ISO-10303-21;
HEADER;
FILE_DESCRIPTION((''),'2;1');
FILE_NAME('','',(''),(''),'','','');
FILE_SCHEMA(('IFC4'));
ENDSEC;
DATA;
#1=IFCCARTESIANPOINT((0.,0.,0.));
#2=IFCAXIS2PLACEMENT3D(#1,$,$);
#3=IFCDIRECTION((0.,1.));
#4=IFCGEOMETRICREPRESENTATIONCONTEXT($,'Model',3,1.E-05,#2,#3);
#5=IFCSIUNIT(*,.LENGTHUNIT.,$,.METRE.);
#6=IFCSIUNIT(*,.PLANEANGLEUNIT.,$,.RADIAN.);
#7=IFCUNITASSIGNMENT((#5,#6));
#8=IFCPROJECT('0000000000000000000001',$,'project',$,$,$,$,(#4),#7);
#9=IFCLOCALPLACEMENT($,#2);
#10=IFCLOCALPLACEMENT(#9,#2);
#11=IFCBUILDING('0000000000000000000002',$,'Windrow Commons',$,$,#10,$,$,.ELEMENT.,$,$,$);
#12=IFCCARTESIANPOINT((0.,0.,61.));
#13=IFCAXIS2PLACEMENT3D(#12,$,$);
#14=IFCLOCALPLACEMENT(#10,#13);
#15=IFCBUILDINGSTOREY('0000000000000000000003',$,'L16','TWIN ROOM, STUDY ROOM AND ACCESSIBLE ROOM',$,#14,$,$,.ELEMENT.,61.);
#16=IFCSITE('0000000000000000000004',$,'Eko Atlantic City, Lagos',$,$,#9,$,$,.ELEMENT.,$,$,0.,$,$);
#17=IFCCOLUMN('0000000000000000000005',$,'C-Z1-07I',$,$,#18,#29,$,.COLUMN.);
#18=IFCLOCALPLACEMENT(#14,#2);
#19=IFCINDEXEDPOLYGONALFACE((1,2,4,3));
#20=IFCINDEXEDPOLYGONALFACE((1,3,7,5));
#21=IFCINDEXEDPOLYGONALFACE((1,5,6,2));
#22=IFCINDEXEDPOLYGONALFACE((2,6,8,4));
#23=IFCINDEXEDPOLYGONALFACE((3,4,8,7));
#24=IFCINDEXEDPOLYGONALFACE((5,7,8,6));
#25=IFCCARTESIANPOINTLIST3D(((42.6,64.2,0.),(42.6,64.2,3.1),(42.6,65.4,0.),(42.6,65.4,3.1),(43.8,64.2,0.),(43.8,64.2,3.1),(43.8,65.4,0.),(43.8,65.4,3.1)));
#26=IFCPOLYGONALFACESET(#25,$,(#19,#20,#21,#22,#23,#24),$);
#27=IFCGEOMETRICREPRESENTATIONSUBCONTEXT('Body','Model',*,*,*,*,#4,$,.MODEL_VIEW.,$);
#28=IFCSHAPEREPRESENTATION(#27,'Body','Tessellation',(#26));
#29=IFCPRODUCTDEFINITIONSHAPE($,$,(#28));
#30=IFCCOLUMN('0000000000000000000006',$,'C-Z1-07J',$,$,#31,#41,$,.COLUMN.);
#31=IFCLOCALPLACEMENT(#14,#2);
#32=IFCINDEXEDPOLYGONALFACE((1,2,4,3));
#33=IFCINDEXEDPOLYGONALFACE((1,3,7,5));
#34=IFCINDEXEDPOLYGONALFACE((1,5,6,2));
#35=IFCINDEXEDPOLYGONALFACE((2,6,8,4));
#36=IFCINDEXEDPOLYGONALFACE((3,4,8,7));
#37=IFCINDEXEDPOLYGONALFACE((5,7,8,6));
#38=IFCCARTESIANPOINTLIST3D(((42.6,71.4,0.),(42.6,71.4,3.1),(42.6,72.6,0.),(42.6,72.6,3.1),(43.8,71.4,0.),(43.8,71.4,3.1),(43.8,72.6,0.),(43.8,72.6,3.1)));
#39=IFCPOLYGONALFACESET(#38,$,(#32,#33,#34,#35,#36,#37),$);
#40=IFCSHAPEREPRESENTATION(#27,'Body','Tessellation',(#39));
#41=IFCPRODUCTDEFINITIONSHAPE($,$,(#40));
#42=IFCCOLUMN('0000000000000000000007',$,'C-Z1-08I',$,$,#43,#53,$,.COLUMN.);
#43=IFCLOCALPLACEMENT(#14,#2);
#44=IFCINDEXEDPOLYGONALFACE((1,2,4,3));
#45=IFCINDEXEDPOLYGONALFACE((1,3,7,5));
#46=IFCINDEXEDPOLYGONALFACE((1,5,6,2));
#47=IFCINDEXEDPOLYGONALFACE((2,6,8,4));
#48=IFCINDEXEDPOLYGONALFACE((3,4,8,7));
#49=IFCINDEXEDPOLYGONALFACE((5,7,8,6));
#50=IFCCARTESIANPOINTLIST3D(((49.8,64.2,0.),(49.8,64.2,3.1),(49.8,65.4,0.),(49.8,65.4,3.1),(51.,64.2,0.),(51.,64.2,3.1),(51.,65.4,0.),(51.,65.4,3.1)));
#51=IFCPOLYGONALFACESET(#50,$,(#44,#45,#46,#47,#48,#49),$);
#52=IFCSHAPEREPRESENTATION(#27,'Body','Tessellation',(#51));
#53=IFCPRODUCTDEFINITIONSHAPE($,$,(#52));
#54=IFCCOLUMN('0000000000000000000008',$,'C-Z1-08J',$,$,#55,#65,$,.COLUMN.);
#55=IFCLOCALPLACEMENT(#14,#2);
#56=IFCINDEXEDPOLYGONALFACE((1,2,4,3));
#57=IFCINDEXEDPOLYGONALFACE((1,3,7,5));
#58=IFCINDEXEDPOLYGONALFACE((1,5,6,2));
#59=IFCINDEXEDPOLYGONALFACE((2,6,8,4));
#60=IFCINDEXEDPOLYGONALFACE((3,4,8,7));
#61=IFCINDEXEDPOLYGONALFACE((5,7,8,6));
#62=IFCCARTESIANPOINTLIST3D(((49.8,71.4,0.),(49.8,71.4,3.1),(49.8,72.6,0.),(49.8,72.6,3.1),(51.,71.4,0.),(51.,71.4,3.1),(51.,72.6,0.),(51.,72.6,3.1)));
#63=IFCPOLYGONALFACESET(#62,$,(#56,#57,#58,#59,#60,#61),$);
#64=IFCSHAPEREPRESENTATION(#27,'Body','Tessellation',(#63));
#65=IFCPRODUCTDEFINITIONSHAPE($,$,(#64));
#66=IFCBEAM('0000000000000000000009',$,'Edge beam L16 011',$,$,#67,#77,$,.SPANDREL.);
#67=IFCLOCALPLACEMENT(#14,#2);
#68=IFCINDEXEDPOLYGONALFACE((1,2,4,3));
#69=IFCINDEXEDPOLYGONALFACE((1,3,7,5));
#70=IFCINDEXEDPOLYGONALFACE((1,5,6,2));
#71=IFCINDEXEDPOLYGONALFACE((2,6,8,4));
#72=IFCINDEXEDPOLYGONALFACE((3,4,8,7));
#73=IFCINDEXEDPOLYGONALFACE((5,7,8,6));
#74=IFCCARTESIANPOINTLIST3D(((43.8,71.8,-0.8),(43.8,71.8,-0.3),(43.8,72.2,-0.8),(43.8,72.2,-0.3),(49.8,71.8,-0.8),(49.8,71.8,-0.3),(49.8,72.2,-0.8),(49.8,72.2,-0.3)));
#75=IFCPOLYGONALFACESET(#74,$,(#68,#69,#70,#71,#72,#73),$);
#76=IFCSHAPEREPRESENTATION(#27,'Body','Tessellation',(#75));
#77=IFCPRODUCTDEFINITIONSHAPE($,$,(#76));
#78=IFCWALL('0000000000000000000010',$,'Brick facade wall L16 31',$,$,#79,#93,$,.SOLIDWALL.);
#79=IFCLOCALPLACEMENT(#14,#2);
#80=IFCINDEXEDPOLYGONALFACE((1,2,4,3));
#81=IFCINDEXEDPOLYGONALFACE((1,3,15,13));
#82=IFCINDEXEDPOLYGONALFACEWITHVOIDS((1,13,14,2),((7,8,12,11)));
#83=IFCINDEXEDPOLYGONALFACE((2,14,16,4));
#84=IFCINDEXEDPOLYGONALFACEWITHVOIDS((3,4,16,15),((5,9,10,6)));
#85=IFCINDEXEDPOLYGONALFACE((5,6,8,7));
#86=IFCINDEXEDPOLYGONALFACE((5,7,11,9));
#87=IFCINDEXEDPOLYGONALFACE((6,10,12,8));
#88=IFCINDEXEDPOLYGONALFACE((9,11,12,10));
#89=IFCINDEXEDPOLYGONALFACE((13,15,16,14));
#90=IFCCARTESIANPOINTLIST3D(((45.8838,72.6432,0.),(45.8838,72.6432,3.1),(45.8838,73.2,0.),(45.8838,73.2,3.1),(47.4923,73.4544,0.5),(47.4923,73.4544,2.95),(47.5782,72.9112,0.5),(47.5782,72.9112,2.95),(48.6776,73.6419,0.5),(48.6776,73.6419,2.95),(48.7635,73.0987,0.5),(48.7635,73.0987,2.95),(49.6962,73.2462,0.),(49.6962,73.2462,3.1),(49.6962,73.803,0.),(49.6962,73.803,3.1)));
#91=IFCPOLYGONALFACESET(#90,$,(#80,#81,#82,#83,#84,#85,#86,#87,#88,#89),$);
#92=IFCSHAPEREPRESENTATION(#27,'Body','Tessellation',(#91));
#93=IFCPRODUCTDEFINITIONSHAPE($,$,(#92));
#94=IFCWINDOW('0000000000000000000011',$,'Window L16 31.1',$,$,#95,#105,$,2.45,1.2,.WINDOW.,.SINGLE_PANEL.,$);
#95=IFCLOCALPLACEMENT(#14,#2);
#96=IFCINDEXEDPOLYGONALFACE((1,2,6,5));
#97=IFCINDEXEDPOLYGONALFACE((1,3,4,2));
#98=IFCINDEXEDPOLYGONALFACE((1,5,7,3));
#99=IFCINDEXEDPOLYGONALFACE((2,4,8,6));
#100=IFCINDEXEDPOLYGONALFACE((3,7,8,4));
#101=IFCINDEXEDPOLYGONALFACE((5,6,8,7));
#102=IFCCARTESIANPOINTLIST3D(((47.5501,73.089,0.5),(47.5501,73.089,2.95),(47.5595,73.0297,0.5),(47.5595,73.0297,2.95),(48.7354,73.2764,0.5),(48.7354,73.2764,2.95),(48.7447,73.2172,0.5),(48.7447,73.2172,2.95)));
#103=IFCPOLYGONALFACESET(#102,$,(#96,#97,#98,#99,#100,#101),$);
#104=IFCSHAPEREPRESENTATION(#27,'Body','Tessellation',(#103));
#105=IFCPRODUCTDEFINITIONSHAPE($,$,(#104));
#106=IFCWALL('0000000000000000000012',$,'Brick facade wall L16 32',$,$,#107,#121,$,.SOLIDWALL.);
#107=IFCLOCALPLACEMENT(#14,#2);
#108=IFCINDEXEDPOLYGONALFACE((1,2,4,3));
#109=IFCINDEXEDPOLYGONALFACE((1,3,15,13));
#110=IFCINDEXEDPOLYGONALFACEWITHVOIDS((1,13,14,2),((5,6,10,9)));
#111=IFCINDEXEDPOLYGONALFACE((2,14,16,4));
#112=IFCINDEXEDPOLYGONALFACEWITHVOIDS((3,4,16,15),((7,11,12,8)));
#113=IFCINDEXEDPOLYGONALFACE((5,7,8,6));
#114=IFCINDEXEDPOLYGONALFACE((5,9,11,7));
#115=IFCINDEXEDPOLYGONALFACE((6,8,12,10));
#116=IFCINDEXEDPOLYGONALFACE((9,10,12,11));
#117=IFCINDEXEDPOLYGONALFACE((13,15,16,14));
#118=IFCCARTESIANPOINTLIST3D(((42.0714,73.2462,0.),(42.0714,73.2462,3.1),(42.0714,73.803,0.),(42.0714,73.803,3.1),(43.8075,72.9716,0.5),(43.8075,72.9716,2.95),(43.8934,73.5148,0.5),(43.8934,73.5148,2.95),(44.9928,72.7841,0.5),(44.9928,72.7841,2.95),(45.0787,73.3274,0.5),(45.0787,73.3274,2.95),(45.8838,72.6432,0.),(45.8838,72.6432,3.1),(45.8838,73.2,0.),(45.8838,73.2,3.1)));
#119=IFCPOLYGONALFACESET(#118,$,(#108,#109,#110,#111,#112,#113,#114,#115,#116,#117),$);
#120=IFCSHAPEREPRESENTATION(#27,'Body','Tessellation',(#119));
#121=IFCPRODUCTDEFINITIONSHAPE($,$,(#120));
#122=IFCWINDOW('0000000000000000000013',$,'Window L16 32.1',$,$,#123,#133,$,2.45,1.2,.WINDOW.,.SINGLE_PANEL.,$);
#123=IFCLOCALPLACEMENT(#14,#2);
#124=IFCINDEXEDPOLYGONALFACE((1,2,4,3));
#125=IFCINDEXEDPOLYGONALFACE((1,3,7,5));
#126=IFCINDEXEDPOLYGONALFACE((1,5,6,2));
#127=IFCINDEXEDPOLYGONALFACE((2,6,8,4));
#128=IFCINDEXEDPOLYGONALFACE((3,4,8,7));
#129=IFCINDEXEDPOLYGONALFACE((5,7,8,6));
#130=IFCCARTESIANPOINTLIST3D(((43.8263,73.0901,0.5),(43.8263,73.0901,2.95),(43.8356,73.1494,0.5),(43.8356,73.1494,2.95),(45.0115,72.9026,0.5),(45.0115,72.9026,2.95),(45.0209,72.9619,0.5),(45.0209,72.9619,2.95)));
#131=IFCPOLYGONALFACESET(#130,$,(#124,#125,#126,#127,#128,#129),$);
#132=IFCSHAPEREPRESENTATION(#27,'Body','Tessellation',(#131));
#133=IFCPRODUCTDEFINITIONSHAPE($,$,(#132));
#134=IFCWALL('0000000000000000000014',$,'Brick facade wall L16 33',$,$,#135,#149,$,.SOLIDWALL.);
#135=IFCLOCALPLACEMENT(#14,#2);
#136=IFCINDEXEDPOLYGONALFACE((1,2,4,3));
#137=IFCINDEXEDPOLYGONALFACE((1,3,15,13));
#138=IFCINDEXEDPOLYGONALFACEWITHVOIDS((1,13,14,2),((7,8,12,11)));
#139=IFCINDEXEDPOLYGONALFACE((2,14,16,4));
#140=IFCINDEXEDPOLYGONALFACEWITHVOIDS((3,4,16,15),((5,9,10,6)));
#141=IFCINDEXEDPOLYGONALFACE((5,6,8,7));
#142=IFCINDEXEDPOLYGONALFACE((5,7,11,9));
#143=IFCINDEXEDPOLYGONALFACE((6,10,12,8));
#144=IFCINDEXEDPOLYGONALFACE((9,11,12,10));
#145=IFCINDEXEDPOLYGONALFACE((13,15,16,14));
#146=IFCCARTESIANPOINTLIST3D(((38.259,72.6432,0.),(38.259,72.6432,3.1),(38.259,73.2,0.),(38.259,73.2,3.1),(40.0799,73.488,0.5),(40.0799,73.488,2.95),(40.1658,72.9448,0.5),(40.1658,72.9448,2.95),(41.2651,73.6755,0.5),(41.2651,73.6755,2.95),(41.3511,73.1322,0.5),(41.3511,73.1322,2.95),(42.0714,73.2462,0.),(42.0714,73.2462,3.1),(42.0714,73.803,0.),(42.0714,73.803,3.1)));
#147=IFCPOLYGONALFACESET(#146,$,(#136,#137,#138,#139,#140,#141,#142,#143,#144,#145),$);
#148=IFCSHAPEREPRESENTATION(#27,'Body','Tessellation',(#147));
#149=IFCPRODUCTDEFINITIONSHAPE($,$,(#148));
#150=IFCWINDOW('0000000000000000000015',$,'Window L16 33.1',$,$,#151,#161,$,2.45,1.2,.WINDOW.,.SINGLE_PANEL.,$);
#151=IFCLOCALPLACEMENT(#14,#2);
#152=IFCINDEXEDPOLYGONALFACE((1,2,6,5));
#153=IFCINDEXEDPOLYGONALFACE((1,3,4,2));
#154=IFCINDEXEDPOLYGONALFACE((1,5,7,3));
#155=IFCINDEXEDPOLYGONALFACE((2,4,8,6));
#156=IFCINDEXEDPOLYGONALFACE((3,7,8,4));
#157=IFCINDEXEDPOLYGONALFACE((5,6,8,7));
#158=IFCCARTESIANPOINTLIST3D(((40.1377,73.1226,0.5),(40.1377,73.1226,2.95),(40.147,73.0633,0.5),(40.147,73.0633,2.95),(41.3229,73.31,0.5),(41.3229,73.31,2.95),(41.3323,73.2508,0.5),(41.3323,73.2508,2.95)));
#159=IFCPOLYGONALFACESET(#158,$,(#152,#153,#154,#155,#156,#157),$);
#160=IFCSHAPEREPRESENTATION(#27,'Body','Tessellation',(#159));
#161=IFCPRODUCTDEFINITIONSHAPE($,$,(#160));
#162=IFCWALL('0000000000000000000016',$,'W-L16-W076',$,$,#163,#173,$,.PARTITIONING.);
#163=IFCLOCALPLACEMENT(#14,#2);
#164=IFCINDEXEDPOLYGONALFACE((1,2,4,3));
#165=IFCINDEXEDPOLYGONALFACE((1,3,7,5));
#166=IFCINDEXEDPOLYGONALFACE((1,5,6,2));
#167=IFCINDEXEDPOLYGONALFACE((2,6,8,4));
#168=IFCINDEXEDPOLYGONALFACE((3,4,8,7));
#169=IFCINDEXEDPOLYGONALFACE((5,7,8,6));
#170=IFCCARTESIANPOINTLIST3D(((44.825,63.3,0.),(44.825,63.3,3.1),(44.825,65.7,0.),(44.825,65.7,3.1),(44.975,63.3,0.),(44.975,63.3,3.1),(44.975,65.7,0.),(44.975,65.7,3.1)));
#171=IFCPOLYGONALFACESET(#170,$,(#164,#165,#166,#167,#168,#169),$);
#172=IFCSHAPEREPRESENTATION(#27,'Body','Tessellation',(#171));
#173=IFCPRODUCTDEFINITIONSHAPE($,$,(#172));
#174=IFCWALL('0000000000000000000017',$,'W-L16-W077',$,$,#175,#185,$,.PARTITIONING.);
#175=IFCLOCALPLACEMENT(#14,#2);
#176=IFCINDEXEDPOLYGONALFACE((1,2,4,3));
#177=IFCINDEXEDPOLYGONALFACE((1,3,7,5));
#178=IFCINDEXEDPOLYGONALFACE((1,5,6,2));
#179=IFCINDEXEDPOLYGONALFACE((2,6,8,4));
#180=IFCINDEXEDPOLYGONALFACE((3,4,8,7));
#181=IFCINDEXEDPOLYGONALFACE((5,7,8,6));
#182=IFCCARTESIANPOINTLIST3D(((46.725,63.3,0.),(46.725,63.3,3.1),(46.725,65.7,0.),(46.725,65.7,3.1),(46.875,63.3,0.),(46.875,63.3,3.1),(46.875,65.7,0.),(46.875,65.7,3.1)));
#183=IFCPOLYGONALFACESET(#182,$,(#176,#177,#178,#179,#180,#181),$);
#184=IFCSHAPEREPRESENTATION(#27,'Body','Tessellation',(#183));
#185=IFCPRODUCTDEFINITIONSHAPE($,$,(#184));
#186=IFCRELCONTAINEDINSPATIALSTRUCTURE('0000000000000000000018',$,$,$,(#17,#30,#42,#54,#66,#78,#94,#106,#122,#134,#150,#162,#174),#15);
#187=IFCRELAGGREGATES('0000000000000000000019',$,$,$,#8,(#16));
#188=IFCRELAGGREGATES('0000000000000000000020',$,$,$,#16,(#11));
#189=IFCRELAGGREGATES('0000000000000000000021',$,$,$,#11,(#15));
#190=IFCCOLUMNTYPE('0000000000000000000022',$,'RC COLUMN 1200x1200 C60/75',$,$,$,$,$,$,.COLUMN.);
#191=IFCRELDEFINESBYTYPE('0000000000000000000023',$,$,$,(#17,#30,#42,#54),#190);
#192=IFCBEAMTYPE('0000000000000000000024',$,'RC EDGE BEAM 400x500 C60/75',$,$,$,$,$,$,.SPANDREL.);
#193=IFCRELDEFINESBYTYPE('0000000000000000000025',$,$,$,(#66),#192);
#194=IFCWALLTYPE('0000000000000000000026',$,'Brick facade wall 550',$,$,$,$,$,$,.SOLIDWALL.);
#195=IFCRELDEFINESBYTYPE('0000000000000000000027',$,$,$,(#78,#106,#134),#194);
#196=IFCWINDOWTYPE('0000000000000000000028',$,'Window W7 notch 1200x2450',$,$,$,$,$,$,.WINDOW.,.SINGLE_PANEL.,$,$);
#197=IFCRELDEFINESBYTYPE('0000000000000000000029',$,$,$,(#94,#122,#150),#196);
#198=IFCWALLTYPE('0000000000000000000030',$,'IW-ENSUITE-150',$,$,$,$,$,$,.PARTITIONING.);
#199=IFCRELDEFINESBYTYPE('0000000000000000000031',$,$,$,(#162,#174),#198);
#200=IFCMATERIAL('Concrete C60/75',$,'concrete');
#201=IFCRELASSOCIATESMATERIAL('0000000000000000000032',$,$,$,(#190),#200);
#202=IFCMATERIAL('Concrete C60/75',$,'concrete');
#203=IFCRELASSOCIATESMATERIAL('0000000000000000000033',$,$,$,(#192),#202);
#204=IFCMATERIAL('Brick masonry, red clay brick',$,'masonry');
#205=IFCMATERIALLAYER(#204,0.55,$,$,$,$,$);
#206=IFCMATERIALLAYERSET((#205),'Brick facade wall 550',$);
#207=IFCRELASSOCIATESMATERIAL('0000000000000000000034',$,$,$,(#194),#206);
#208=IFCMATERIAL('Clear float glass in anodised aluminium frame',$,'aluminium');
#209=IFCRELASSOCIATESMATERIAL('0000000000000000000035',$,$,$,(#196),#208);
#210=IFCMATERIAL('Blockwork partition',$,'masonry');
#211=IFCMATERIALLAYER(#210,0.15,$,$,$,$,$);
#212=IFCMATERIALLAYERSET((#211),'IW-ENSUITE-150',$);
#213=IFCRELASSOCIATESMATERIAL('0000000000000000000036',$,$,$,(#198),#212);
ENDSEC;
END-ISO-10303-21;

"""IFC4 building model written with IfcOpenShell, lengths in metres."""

from ifc_helpers import new_model, si_unit, direction, frame, frame_2d, origin, origin_2d, place, context, subcontext, project, spatial, polyline, rectangle, outline, extrude, material, layer, layer_set, material_profile, profile_set, type_object, element, fill, save


model = new_model("IFC4")

# Units and contexts
model_context = context("Model", 3, precision=1e-05, world=origin(), true_north=direction((0.0, 1.0)))
body_context = subcontext(model_context, "Body", "Model", "MODEL_VIEW")
ifc_project = project(units=[si_unit("LENGTHUNIT", "METRE"), si_unit("PLANEANGLEUNIT", "RADIAN")], contexts=[model_context])

# Site, building, storey
site_placement = place(None, origin())
site = spatial("IfcSite", under=ifc_project, at=site_placement, Name="Eko Atlantic City, Lagos", CompositionType="ELEMENT", RefElevation=0.0)
building_placement = place(site_placement, origin())
building = spatial("IfcBuilding", under=site, at=building_placement, Name="Windrow Commons", CompositionType="ELEMENT")
storey_placement = place(building_placement, frame((0.0, 0.0, 61.0)))
storey = spatial("IfcBuildingStorey", under=building, at=storey_placement, Name="L16", Description="TWIN ROOM, STUDY ROOM AND ACCESSIBLE ROOM", CompositionType="ELEMENT", Elevation=61.0)

# Columns
ifc_material_1 = material(Name="Concrete C60/75", Category="concrete")
ifc_material_profile_1 = material_profile(ifc_material_1, rectangle(XDim=1.2, YDim=1.2, at=origin_2d()))
ifc_profile_set_1 = profile_set([ifc_material_profile_1], Name="Concrete C60/75")
column_type = type_object("IfcColumnType", Name="RC COLUMN 1200x1200 C60/75", PredefinedType="COLUMN", material=ifc_profile_set_1)
for number, where, z_axis, x_axis, name in (
    (1, (43.2, 64.8, 0.0), (0.0, 0.0, 1.0), (1.0, 0.0, 0.0), "C-Z1-07I"),
    (2, (43.2, 72.0, 0.0), (0.0, 0.0, 1.0), (1.0, 0.0, 0.0), "C-Z1-07J"),
    (3, (50.4, 64.8, 0.0), (0.0, 0.0, 1.0), (1.0, 0.0, 0.0), "C-Z1-08I"),
    (4, (50.4, 72.0, 0.0), (0.0, 0.0, 1.0), (1.0, 0.0, 0.0), "C-Z1-08J"),
):
    element("IfcColumn", number, at=place(storey_placement, frame(where, z_axis=z_axis, x_axis=x_axis)), inside=storey, type_object=column_type, Name=name, PredefinedType="COLUMN", context=body_context, shape_type="SweptSolid", body=[
        extrude(rectangle(XDim=1.2, YDim=1.2, at=origin_2d()), origin(), (0.0, 0.0, 1.0), 3.1),
    ])

# Beam
ifc_material_2 = material(Name="Concrete C60/75", Category="concrete")
ifc_material_profile_2 = material_profile(ifc_material_2, rectangle(XDim=0.4, YDim=0.5, at=origin_2d()))
ifc_profile_set_2 = profile_set([ifc_material_profile_2], Name="Concrete C60/75")
beam_type = type_object("IfcBeamType", Name="RC EDGE BEAM 400x500 C60/75", PredefinedType="SPANDREL", material=ifc_profile_set_2)
beam_placement = place(storey_placement, frame((43.8, 72.0, -0.55), z_axis=(1.0, 0.0, 0.0), x_axis=(0.0, 1.0, 0.0)))
element("IfcBeam", 5, at=beam_placement, inside=storey, type_object=beam_type, Name="Edge beam L16 011", PredefinedType="SPANDREL", context=body_context, shape_type="SweptSolid", body=[
    extrude(rectangle(XDim=0.4, YDim=0.5, at=origin_2d()), origin(), (0.0, 0.0, 1.0), 6.0),
])

# Walls, openings, windows
ifc_material_3 = material(Name="Brick masonry, red clay brick", Category="masonry")
ifc_layer_1 = layer(ifc_material_3, 0.55)
ifc_layer_set_1 = layer_set([ifc_layer_1], Name="Brick facade wall 550")
wall_type_1 = type_object("IfcWallType", Name="Brick facade wall 550", PredefinedType="SOLIDWALL", material=ifc_layer_set_1)
wall_1_placement = place(storey_placement, frame((49.6962, 73.5246, 0.0), z_axis=(0.0, 0.0, 1.0), x_axis=(-0.987721, -0.156226, 0.0)))
wall_1 = element("IfcWall", 6, at=wall_1_placement, inside=storey, type_object=wall_type_1, Name="Brick facade wall L16 31", PredefinedType="SOLIDWALL", context=body_context, shape_type="SweptSolid", body=[
    extrude(outline(polyline([(-0.0435, -0.275), (3.8163, -0.275), (3.9033, 0.275), (0.0435, 0.275), (-0.0435, -0.275)])), origin(), (0.0, 0.0, 1.0), 3.1),
])
opening_1_placement = place(wall_1_placement, frame((0.9878, 0.0, 0.5)))
opening_1 = element("IfcOpeningElement", 7, at=opening_1_placement, cuts=wall_1, PredefinedType="OPENING", context=body_context, shape_type="SweptSolid", body=[
    extrude(rectangle(XDim=1.2, YDim=2.45, at=frame_2d((0.6, 1.225))), frame((0.0, 0.285, 0.0), z_axis=(0.0, -1.0, 0.0), x_axis=(1.0, 0.0, 0.0)), (0.0, 0.0, 1.0), 0.57),
])
ifc_material_4 = material(Name="Clear float glass in anodised aluminium frame", Category="aluminium")
window_type = type_object("IfcWindowType", Name="Window W7 notch 1200x2450", PartitioningType="SINGLE_PANEL", PredefinedType="WINDOW", material=ifc_material_4)
window_1_placement = place(opening_1_placement, origin())
window_1 = element("IfcWindow", 8, at=window_1_placement, inside=storey, type_object=window_type, Name="Window L16 31.1", OverallHeight=2.45, OverallWidth=1.2, PartitioningType="SINGLE_PANEL", PredefinedType="WINDOW", context=body_context, shape_type="SweptSolid", body=[
    extrude(rectangle(XDim=1.2, YDim=2.45, at=frame_2d((0.6, 1.225))), frame((0.0, 0.155, 0.0), z_axis=(0.0, -1.0, 0.0), x_axis=(1.0, 0.0, 0.0)), (0.0, 0.0, 1.0), 0.06),
])
fill(opening_1, window_1)
wall_2_placement = place(storey_placement, frame((45.8838, 72.9216, 0.0), z_axis=(0.0, 0.0, 1.0), x_axis=(-0.987721, 0.156226, 0.0)))
wall_2 = element("IfcWall", 9, at=wall_2_placement, inside=storey, type_object=wall_type_1, Name="Brick facade wall L16 32", PredefinedType="SOLIDWALL", context=body_context, shape_type="SweptSolid", body=[
    extrude(outline(polyline([(0.0435, -0.275), (3.9033, -0.275), (3.8163, 0.275), (-0.0435, 0.275), (0.0435, -0.275)])), origin(), (0.0, 0.0, 1.0), 3.1),
])
opening_2_placement = place(wall_2_placement, frame((0.8586, 0.0, 0.5)))
opening_2 = element("IfcOpeningElement", 10, at=opening_2_placement, cuts=wall_2, PredefinedType="OPENING", context=body_context, shape_type="SweptSolid", body=[
    extrude(rectangle(XDim=1.2, YDim=2.45, at=frame_2d((0.6, 1.225))), frame((0.0, 0.285, 0.0), z_axis=(0.0, -1.0, 0.0), x_axis=(1.0, 0.0, 0.0)), (0.0, 0.0, 1.0), 0.57),
])
window_2_placement = place(opening_2_placement, origin())
window_2 = element("IfcWindow", 11, at=window_2_placement, inside=storey, type_object=window_type, Name="Window L16 32.1", OverallHeight=2.45, OverallWidth=1.2, PartitioningType="SINGLE_PANEL", PredefinedType="WINDOW", context=body_context, shape_type="SweptSolid", body=[
    extrude(rectangle(XDim=1.2, YDim=2.45, at=frame_2d((0.6, 1.225))), frame((0.0, 0.155, 0.0), z_axis=(0.0, -1.0, 0.0), x_axis=(1.0, 0.0, 0.0)), (0.0, 0.0, 1.0), 0.06),
])
fill(opening_2, window_2)
wall_3_placement = place(storey_placement, frame((42.0714, 73.5246, 0.0), z_axis=(0.0, 0.0, 1.0), x_axis=(-0.987721, -0.156226, 0.0)))
wall_3 = element("IfcWall", 12, at=wall_3_placement, inside=storey, type_object=wall_type_1, Name="Brick facade wall L16 33", PredefinedType="SOLIDWALL", context=body_context, shape_type="SweptSolid", body=[
    extrude(outline(polyline([(-0.0435, -0.275), (3.8163, -0.275), (3.9033, 0.275), (0.0435, 0.275), (-0.0435, -0.275)])), origin(), (0.0, 0.0, 1.0), 3.1),
])
opening_3_placement = place(wall_3_placement, frame((0.7728, 0.0, 0.5)))
opening_3 = element("IfcOpeningElement", 13, at=opening_3_placement, cuts=wall_3, PredefinedType="OPENING", context=body_context, shape_type="SweptSolid", body=[
    extrude(rectangle(XDim=1.2, YDim=2.45, at=frame_2d((0.6, 1.225))), frame((0.0, 0.285, 0.0), z_axis=(0.0, -1.0, 0.0), x_axis=(1.0, 0.0, 0.0)), (0.0, 0.0, 1.0), 0.57),
])
window_3_placement = place(opening_3_placement, origin())
window_3 = element("IfcWindow", 14, at=window_3_placement, inside=storey, type_object=window_type, Name="Window L16 33.1", OverallHeight=2.45, OverallWidth=1.2, PartitioningType="SINGLE_PANEL", PredefinedType="WINDOW", context=body_context, shape_type="SweptSolid", body=[
    extrude(rectangle(XDim=1.2, YDim=2.45, at=frame_2d((0.6, 1.225))), frame((0.0, 0.155, 0.0), z_axis=(0.0, -1.0, 0.0), x_axis=(1.0, 0.0, 0.0)), (0.0, 0.0, 1.0), 0.06),
])
fill(opening_3, window_3)

# Walls
ifc_material_5 = material(Name="Blockwork partition", Category="masonry")
ifc_layer_2 = layer(ifc_material_5, 0.15)
ifc_layer_set_2 = layer_set([ifc_layer_2], Name="IW-ENSUITE-150")
wall_type_2 = type_object("IfcWallType", Name="IW-ENSUITE-150", PredefinedType="PARTITIONING", material=ifc_layer_set_2)
for number, where, z_axis, x_axis, name in (
    (15, (44.9, 63.3, 0.0), (0.0, 0.0, 1.0), (0.0, 1.0, 0.0), "W-L16-W076"),
    (16, (46.8, 63.3, 0.0), (0.0, 0.0, 1.0), (0.0, 1.0, 0.0), "W-L16-W077"),
):
    element("IfcWall", number, at=place(storey_placement, frame(where, z_axis=z_axis, x_axis=x_axis)), inside=storey, type_object=wall_type_2, Name=name, PredefinedType="PARTITIONING", context=body_context, shape_type="SweptSolid", body=[
        extrude(rectangle(XDim=2.4, YDim=0.15, at=frame_2d((1.2, 0.0))), origin(), (0.0, 0.0, 1.0), 3.1),
    ])

save(model, "model.ifc")
